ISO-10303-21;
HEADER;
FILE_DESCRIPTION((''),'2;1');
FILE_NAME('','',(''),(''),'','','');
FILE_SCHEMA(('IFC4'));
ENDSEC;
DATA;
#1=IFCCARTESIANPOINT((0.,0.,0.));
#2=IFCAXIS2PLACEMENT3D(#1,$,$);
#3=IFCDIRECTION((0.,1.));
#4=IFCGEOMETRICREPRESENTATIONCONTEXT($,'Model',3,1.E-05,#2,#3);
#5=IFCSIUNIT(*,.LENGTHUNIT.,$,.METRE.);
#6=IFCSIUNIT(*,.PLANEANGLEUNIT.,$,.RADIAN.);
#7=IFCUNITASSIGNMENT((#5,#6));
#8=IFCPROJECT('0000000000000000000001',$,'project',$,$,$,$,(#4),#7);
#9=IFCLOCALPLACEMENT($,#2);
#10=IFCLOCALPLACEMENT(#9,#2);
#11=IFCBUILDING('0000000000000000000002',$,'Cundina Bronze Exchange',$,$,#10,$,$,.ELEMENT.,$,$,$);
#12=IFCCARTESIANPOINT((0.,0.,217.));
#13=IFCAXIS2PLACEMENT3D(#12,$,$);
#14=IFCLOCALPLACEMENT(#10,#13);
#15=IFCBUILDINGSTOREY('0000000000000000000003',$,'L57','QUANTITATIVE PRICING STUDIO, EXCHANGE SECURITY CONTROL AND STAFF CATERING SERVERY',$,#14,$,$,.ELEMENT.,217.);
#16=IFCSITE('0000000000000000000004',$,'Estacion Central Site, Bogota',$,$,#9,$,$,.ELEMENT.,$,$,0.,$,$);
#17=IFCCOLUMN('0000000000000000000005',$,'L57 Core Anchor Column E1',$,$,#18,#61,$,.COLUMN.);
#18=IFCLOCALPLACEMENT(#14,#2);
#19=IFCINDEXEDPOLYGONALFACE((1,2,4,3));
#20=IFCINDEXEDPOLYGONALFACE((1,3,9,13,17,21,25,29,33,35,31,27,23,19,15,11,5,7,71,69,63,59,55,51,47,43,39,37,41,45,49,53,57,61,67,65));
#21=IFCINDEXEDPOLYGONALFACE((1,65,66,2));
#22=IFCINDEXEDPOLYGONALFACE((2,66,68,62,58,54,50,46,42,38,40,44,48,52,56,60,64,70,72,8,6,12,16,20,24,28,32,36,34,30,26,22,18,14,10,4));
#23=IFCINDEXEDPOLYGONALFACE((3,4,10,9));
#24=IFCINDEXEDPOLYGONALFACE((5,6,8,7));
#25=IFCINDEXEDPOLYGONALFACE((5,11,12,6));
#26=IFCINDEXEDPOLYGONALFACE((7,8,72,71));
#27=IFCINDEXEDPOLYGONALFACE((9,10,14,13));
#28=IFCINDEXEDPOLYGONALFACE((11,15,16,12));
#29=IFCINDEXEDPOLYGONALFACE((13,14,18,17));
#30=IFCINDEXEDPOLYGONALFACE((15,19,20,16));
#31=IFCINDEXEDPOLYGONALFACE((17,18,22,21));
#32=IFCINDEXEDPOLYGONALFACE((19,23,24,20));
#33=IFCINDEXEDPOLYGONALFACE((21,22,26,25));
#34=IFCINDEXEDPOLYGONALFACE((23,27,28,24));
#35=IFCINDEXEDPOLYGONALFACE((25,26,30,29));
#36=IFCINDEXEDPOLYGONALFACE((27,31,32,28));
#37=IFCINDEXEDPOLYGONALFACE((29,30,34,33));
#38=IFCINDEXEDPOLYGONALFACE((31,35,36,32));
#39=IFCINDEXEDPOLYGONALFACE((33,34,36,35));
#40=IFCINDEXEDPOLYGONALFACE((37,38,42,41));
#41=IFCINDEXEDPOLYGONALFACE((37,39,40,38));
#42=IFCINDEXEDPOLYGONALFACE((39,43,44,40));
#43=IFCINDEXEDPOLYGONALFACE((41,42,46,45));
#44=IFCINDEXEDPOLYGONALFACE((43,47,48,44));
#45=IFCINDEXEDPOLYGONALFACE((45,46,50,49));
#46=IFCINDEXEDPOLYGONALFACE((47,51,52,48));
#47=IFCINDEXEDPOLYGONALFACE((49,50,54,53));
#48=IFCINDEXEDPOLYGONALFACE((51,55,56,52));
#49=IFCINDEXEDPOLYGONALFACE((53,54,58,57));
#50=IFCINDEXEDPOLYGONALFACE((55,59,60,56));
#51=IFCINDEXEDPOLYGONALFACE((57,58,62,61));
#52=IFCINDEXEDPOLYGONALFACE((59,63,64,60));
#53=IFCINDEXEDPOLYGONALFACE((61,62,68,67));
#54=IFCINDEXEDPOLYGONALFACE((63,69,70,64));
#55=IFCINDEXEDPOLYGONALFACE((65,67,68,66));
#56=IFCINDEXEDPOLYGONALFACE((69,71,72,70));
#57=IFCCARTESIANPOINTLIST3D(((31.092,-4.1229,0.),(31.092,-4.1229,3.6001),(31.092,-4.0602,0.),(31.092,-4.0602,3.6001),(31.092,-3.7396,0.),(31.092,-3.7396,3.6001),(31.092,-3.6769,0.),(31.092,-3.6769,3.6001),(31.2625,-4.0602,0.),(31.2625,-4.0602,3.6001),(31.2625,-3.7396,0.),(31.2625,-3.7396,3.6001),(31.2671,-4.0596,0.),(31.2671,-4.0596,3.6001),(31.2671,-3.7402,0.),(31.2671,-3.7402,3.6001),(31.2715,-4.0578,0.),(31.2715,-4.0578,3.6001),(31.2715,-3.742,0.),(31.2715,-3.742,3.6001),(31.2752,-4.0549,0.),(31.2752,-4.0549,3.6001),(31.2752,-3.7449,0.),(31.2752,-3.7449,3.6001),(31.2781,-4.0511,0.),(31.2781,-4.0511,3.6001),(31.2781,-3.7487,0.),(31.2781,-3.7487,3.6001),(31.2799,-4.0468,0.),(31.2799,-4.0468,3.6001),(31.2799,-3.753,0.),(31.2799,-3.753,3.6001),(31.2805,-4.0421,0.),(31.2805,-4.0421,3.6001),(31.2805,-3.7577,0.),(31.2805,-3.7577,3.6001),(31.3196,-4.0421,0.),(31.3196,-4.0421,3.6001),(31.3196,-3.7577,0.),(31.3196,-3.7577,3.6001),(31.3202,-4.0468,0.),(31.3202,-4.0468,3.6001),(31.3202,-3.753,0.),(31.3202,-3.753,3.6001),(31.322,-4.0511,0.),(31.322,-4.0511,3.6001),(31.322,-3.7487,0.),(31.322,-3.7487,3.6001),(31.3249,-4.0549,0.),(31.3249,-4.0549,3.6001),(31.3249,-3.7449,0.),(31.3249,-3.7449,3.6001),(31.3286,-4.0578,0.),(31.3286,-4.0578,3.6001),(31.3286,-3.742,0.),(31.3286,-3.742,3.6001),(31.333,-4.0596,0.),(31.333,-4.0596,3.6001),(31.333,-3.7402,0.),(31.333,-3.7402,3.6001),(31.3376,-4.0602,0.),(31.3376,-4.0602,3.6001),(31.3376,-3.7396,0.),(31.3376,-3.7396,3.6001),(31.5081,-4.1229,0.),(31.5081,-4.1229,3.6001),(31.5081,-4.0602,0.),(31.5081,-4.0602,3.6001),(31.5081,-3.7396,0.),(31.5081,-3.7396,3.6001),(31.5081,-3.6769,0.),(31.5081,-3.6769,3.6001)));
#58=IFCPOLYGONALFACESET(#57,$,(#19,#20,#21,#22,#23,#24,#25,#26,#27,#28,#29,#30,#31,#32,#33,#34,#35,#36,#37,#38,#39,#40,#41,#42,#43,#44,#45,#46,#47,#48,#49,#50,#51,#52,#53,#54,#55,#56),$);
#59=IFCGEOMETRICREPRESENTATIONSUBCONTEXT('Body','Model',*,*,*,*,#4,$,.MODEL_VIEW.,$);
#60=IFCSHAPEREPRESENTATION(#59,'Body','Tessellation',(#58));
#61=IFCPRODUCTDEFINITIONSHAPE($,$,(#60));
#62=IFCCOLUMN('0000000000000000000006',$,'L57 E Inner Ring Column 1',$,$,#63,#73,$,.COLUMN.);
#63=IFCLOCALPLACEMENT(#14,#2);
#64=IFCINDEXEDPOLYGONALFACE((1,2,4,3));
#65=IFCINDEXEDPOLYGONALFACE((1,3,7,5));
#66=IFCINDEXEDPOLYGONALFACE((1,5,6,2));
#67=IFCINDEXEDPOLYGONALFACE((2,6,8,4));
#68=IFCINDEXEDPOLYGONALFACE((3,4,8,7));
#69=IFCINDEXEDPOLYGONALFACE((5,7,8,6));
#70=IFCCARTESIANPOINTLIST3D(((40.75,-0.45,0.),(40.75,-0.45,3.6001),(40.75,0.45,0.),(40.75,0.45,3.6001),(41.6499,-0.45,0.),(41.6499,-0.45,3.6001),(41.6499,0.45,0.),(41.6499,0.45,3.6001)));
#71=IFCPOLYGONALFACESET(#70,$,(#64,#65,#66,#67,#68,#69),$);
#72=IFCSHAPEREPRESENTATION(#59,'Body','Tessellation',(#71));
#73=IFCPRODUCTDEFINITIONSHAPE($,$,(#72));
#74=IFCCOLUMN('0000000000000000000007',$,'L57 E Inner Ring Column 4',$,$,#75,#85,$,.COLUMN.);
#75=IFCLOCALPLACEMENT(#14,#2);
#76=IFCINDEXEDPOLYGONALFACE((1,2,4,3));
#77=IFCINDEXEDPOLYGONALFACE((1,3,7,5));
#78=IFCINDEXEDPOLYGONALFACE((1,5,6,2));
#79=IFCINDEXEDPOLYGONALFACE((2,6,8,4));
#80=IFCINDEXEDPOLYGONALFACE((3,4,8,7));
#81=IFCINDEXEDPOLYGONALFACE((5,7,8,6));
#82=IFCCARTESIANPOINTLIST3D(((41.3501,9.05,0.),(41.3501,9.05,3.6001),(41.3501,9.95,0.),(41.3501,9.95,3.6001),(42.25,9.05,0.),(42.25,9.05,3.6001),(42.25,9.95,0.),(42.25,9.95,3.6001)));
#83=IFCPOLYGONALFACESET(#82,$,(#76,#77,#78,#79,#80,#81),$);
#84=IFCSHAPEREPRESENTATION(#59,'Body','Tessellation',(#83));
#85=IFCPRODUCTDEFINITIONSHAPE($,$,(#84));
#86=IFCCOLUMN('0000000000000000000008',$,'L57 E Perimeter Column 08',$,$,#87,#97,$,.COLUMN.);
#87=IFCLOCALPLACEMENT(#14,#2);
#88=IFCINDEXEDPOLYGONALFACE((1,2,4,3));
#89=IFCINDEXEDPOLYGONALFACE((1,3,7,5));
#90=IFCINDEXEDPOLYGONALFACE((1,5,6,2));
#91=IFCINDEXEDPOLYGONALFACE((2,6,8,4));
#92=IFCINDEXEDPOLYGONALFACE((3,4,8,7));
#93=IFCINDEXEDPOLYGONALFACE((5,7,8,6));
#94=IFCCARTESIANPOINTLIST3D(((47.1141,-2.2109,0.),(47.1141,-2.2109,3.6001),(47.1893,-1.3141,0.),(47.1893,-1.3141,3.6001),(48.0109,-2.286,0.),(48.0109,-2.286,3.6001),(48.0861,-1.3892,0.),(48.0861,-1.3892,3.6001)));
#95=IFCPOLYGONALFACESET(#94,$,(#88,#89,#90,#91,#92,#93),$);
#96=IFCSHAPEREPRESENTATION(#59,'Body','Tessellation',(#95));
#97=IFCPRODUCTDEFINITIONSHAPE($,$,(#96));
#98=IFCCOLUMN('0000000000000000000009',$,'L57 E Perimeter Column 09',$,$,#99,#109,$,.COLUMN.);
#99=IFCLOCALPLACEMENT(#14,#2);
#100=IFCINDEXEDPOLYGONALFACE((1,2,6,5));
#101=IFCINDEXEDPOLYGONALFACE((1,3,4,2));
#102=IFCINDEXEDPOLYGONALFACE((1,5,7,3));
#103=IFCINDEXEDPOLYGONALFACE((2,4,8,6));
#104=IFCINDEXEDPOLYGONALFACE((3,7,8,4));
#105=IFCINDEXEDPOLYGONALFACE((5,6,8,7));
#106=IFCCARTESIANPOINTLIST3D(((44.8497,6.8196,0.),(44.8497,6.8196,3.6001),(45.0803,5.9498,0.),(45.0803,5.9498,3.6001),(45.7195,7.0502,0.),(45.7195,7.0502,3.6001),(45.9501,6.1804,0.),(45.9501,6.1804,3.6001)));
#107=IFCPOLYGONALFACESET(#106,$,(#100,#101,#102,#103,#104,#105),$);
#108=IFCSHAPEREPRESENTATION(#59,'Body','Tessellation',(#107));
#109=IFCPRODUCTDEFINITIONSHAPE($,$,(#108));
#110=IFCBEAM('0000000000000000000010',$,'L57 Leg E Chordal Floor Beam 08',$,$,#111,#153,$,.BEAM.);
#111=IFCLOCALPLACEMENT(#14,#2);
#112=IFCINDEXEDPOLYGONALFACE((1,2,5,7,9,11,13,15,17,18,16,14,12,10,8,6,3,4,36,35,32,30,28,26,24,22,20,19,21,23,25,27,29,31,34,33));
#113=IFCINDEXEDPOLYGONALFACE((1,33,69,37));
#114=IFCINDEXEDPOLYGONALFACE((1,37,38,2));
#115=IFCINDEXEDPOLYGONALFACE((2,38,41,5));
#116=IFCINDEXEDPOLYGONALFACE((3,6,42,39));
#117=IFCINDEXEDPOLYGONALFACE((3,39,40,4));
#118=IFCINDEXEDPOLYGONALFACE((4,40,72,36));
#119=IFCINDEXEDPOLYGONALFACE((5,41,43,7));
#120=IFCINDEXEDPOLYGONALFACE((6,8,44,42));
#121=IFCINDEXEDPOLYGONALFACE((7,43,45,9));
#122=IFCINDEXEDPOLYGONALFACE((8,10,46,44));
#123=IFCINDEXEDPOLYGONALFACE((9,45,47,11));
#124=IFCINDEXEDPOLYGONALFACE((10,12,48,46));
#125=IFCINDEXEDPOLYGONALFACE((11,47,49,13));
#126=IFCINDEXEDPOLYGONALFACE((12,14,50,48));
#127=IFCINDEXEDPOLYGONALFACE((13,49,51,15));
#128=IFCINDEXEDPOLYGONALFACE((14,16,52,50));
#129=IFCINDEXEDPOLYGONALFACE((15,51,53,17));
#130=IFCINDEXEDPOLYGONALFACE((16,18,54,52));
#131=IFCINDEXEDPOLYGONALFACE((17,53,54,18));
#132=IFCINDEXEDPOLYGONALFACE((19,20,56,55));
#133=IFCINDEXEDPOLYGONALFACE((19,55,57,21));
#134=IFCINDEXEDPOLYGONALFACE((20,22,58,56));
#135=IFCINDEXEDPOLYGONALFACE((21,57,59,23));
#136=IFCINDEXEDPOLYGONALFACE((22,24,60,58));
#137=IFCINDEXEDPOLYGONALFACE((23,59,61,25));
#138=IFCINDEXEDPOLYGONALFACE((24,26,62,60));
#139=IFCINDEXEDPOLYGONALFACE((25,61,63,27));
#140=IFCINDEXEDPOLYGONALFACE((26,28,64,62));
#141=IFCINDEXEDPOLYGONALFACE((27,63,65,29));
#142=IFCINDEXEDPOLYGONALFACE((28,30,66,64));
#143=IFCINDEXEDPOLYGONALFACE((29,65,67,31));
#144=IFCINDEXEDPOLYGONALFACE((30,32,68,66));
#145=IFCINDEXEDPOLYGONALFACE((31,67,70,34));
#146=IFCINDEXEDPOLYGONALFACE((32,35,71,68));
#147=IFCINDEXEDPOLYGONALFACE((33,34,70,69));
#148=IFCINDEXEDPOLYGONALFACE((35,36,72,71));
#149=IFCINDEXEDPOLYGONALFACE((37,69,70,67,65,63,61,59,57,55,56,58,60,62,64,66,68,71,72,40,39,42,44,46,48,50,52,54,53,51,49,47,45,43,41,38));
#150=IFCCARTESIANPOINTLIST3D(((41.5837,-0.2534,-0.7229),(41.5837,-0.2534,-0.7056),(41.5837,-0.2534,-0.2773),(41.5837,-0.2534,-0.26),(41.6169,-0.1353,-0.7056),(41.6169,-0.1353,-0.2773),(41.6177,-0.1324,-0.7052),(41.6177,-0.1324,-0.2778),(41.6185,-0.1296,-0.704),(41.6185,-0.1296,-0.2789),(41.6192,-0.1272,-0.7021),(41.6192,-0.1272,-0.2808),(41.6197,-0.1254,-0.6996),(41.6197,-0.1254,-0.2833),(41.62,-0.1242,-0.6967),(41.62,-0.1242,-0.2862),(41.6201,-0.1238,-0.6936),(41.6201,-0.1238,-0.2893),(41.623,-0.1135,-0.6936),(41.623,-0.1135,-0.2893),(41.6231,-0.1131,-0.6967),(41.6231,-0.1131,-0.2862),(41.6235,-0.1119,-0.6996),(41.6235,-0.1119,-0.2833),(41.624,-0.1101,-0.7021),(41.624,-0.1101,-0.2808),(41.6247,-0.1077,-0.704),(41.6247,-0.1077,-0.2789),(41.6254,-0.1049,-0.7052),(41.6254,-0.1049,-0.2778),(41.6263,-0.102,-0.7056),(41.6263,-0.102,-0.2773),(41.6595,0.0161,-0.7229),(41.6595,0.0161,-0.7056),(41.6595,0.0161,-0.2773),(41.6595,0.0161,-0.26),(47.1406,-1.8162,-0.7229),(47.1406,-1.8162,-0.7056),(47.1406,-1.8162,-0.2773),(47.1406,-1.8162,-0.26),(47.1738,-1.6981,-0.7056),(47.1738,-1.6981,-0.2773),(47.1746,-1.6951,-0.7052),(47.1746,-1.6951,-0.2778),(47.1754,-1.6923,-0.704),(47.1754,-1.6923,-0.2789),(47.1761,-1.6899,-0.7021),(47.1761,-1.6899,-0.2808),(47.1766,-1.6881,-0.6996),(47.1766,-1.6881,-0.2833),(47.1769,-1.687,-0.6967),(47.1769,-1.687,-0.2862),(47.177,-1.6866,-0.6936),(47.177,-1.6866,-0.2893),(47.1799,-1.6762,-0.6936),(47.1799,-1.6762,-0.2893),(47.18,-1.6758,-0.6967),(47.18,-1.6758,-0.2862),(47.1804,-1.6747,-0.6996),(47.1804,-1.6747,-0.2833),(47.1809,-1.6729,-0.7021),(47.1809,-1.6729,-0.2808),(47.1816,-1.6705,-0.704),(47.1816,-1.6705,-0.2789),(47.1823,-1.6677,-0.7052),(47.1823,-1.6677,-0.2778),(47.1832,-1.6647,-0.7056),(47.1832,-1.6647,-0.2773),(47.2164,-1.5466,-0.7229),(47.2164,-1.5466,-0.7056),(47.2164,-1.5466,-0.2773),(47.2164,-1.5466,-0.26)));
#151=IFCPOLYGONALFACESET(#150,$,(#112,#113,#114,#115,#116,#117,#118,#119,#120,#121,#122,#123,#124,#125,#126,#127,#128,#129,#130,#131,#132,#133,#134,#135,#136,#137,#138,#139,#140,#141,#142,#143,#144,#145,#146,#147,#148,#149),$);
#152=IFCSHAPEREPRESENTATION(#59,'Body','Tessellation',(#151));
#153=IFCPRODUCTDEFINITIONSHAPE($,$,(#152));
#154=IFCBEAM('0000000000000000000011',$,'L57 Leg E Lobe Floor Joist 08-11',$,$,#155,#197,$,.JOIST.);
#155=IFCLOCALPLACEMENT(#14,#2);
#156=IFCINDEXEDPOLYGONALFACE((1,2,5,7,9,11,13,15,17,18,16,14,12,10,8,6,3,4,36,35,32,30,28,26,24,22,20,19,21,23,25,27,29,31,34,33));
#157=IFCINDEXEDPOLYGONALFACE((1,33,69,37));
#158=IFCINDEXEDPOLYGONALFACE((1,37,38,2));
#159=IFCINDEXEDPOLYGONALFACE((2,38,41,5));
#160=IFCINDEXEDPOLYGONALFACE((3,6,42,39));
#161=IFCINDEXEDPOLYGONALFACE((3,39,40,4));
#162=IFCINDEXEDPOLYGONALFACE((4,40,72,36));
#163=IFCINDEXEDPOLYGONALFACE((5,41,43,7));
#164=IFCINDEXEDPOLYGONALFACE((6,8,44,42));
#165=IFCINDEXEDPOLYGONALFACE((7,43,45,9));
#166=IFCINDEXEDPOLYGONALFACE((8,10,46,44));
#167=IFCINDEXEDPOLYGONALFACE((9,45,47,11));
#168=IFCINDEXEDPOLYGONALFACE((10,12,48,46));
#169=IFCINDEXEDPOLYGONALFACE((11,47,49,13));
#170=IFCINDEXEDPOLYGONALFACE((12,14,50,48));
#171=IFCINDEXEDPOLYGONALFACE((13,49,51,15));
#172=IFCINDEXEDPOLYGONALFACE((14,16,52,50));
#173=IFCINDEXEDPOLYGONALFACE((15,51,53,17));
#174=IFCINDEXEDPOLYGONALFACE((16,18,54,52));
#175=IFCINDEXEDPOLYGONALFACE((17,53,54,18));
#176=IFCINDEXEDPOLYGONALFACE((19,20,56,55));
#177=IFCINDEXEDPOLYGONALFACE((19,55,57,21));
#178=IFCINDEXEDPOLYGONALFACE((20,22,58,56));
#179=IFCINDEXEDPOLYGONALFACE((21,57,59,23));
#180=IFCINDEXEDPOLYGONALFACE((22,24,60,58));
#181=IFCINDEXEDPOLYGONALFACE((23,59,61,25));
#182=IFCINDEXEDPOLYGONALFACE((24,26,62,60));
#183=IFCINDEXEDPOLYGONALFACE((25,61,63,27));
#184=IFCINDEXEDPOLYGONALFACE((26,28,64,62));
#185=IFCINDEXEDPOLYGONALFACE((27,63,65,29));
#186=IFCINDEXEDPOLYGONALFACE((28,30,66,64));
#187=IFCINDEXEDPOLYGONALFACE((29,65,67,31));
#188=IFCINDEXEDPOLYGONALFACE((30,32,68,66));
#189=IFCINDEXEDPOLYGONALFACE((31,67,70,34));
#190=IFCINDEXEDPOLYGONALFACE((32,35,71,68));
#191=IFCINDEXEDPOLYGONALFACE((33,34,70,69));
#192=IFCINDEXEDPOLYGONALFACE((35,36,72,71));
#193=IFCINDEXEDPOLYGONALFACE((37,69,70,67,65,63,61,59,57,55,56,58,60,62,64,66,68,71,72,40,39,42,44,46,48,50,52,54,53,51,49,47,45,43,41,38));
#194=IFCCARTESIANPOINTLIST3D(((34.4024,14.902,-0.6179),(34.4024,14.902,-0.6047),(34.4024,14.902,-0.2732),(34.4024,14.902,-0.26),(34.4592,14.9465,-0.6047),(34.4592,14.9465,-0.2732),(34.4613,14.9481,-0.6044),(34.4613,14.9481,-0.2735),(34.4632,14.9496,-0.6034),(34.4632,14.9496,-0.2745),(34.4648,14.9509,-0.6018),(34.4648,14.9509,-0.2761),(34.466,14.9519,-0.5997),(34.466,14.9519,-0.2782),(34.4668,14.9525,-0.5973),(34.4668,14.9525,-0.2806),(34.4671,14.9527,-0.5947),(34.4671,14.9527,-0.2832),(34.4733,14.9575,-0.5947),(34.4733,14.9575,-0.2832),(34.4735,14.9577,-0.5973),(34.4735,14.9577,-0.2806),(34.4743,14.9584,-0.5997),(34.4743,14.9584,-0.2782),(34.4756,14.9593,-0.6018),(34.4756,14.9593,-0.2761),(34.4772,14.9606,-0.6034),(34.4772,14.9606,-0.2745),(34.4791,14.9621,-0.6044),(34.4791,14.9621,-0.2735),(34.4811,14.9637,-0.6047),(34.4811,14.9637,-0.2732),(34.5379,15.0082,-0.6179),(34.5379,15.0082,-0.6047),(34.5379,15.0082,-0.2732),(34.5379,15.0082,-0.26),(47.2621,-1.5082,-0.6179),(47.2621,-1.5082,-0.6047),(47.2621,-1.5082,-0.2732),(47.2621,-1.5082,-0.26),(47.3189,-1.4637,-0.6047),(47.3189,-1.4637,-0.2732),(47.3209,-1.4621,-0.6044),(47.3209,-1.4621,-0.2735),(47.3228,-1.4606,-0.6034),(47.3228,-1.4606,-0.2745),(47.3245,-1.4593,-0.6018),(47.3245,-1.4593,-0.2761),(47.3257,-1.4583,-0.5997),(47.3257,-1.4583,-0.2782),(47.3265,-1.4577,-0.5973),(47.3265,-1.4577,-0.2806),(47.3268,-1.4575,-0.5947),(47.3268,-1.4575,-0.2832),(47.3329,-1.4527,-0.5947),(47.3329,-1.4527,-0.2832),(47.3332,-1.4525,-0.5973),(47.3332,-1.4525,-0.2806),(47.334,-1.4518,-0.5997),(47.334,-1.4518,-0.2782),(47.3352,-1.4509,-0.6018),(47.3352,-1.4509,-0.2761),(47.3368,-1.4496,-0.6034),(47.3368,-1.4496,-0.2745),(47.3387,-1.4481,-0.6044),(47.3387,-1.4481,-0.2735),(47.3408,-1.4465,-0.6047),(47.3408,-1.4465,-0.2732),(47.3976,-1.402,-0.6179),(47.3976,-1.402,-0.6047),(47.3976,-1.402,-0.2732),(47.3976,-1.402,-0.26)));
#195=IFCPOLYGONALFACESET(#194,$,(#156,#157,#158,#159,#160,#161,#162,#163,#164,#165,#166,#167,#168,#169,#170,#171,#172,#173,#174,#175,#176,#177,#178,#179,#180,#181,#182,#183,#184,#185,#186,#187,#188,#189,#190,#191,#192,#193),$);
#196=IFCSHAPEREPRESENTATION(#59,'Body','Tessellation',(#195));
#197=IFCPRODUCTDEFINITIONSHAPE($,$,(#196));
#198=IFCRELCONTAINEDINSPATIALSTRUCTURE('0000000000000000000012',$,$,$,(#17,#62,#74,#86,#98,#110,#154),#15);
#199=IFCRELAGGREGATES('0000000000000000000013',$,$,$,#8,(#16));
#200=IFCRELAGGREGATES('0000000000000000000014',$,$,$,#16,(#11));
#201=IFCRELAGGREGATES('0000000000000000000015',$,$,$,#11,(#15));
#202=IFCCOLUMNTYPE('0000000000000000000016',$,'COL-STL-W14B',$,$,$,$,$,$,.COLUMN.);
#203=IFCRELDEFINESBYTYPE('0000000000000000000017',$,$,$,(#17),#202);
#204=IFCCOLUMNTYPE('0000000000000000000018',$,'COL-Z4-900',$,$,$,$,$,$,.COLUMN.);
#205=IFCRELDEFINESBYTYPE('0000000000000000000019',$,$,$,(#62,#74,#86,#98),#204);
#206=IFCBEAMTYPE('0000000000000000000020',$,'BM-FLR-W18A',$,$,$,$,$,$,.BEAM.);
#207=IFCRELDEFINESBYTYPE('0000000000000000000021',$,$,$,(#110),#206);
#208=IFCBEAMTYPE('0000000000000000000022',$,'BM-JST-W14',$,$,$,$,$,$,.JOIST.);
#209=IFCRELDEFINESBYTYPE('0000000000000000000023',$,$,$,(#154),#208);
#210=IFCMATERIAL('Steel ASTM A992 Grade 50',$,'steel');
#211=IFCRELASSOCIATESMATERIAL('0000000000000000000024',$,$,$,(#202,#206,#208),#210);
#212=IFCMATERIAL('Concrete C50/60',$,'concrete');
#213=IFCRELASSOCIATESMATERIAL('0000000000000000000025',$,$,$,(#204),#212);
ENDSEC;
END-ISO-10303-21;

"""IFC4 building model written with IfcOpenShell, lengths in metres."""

from ifc_helpers import new_model, si_unit, direction, frame, origin, origin_2d, place, context, subcontext, project, spatial, rectangle, i_section, extrude, material, material_profile, profile_set, type_object, element, save


model = new_model("IFC4")

# Units and contexts
model_context = context("Model", 3, precision=1e-05, world=origin(), true_north=direction((0.0, 1.0)))
body_context = subcontext(model_context, "Body", "Model", "MODEL_VIEW")
ifc_project = project(units=[si_unit("LENGTHUNIT", "METRE"), si_unit("PLANEANGLEUNIT", "RADIAN")], contexts=[model_context])

# Site, building, storey
site_placement = place(None, origin())
site = spatial("IfcSite", under=ifc_project, at=site_placement, Name="Estacion Central Site, Bogota", CompositionType="ELEMENT", RefElevation=0.0)
building_placement = place(site_placement, origin())
building = spatial("IfcBuilding", under=site, at=building_placement, Name="Cundina Bronze Exchange", CompositionType="ELEMENT")
storey_placement = place(building_placement, frame((0.0, 0.0, 217.0)))
storey = spatial("IfcBuildingStorey", under=building, at=storey_placement, Name="L57", Description="QUANTITATIVE PRICING STUDIO, EXCHANGE SECURITY CONTROL AND STAFF CATERING SERVERY", CompositionType="ELEMENT", Elevation=217.0)

# Columns
ifc_material_1 = material(Name="Steel ASTM A992 Grade 50", Category="steel")
ifc_material_profile_1 = material_profile(ifc_material_1, i_section(OverallWidth=0.416, OverallDepth=0.446, WebThickness=0.0391, FlangeThickness=0.0627, FilletRadius=0.0181, at=origin_2d()), Name="W14X342", Category="steel")
ifc_profile_set_1 = profile_set([ifc_material_profile_1], Name="Steel ASTM A992 Grade 50")
column_type_1 = type_object("IfcColumnType", Name="COL-STL-W14B", PredefinedType="COLUMN", material=ifc_profile_set_1)
column_placement = place(storey_placement, frame((31.3, -3.8999, 0.0), z_axis=(0.0, 0.0, 1.0), x_axis=(1.0, 0.0, 0.0)))
element("IfcColumn", 1, at=column_placement, inside=storey, type_object=column_type_1, Name="L57 Core Anchor Column E1", PredefinedType="COLUMN", context=body_context, shape_type="SweptSolid", body=[
    extrude(i_section(OverallWidth=0.416, OverallDepth=0.446, WebThickness=0.0391, FlangeThickness=0.0627, FilletRadius=0.0181, at=origin_2d()), origin(), (0.0, 0.0, 1.0), 3.6001),
])
ifc_material_2 = material(Name="Concrete C50/60", Category="concrete")
ifc_material_profile_2 = material_profile(ifc_material_2, rectangle(XDim=0.8999, YDim=0.8999, at=origin_2d()), Name="RC900X900", Category="concrete")
ifc_profile_set_2 = profile_set([ifc_material_profile_2], Name="Concrete C50/60")
column_type_2 = type_object("IfcColumnType", Name="COL-Z4-900", PredefinedType="COLUMN", material=ifc_profile_set_2)
for number, where, z_axis, x_axis, name in (
    (2, (41.2, 0.0, 0.0), (0.0, 0.0, 1.0), (1.0, 0.0, 0.0), "L57 E Inner Ring Column 1"),
    (3, (41.8, 9.5, 0.0), (0.0, 0.0, 1.0), (1.0, 0.0, 0.0), "L57 E Inner Ring Column 4"),
    (4, (47.6001, -1.8, 0.0), (0.0, 0.0, 1.0), (0.083504, 0.996507, 0.0), "L57 E Perimeter Column 08"),
    (5, (45.3999, 6.5, 0.0), (0.0, 0.0, 1.0), (-0.256289, 0.9666, 0.0), "L57 E Perimeter Column 09"),
):
    element("IfcColumn", number, at=place(storey_placement, frame(where, z_axis=z_axis, x_axis=x_axis)), inside=storey, type_object=column_type_2, Name=name, PredefinedType="COLUMN", context=body_context, shape_type="SweptSolid", body=[
        extrude(rectangle(XDim=0.8999, YDim=0.8999, at=origin_2d()), origin(), (0.0, 0.0, 1.0), 3.6001),
    ])

# Beams
ifc_material_profile_3 = material_profile(ifc_material_1, i_section(OverallWidth=0.28, OverallDepth=0.4629, WebThickness=0.0107, FlangeThickness=0.0173, FilletRadius=0.012, at=origin_2d()), Name="W18X76", Category="steel")
ifc_profile_set_3 = profile_set([ifc_material_profile_3], Name="Steel ASTM A992 Grade 50")
beam_type_1 = type_object("IfcBeamType", Name="BM-FLR-W18A", PredefinedType="BEAM", material=ifc_profile_set_3)
beam_1_placement = place(storey_placement, frame((41.6216, -0.1187, -0.4915), z_axis=(0.962657, -0.270725, 0.0), x_axis=(0.270725, 0.962657, 0.0)))
element("IfcBeam", 6, at=beam_1_placement, inside=storey, type_object=beam_type_1, Name="L57 Leg E Chordal Floor Beam 08", PredefinedType="BEAM", context=body_context, shape_type="SweptSolid", body=[
    extrude(i_section(OverallWidth=0.28, OverallDepth=0.4629, WebThickness=0.0107, FlangeThickness=0.0173, FilletRadius=0.012, at=origin_2d()), origin(), (0.0, 0.0, 1.0), 5.7725),
])
ifc_material_profile_4 = material_profile(ifc_material_1, i_section(OverallWidth=0.1721, OverallDepth=0.3579, WebThickness=0.0078, FlangeThickness=0.0132, FilletRadius=0.01, at=origin_2d()), Name="W14X38", Category="steel")
ifc_profile_set_4 = profile_set([ifc_material_profile_4], Name="Steel ASTM A992 Grade 50")
beam_type_2 = type_object("IfcBeamType", Name="BM-JST-W14", PredefinedType="JOIST", material=ifc_profile_set_4)
beam_2_placement = place(storey_placement, frame((47.3298, -1.4551, -0.439), z_axis=(-0.61681, 0.787112, 0.0), x_axis=(-0.787112, -0.61681, 0.0)))
element("IfcBeam", 7, at=beam_2_placement, inside=storey, type_object=beam_type_2, Name="L57 Leg E Lobe Floor Joist 08-11", PredefinedType="JOIST", context=body_context, shape_type="SweptSolid", body=[
    extrude(i_section(OverallWidth=0.1721, OverallDepth=0.3579, WebThickness=0.0078, FlangeThickness=0.0132, FilletRadius=0.01, at=origin_2d()), origin(), (0.0, 0.0, 1.0), 20.8486),
])

save(model, "model.ifc")
